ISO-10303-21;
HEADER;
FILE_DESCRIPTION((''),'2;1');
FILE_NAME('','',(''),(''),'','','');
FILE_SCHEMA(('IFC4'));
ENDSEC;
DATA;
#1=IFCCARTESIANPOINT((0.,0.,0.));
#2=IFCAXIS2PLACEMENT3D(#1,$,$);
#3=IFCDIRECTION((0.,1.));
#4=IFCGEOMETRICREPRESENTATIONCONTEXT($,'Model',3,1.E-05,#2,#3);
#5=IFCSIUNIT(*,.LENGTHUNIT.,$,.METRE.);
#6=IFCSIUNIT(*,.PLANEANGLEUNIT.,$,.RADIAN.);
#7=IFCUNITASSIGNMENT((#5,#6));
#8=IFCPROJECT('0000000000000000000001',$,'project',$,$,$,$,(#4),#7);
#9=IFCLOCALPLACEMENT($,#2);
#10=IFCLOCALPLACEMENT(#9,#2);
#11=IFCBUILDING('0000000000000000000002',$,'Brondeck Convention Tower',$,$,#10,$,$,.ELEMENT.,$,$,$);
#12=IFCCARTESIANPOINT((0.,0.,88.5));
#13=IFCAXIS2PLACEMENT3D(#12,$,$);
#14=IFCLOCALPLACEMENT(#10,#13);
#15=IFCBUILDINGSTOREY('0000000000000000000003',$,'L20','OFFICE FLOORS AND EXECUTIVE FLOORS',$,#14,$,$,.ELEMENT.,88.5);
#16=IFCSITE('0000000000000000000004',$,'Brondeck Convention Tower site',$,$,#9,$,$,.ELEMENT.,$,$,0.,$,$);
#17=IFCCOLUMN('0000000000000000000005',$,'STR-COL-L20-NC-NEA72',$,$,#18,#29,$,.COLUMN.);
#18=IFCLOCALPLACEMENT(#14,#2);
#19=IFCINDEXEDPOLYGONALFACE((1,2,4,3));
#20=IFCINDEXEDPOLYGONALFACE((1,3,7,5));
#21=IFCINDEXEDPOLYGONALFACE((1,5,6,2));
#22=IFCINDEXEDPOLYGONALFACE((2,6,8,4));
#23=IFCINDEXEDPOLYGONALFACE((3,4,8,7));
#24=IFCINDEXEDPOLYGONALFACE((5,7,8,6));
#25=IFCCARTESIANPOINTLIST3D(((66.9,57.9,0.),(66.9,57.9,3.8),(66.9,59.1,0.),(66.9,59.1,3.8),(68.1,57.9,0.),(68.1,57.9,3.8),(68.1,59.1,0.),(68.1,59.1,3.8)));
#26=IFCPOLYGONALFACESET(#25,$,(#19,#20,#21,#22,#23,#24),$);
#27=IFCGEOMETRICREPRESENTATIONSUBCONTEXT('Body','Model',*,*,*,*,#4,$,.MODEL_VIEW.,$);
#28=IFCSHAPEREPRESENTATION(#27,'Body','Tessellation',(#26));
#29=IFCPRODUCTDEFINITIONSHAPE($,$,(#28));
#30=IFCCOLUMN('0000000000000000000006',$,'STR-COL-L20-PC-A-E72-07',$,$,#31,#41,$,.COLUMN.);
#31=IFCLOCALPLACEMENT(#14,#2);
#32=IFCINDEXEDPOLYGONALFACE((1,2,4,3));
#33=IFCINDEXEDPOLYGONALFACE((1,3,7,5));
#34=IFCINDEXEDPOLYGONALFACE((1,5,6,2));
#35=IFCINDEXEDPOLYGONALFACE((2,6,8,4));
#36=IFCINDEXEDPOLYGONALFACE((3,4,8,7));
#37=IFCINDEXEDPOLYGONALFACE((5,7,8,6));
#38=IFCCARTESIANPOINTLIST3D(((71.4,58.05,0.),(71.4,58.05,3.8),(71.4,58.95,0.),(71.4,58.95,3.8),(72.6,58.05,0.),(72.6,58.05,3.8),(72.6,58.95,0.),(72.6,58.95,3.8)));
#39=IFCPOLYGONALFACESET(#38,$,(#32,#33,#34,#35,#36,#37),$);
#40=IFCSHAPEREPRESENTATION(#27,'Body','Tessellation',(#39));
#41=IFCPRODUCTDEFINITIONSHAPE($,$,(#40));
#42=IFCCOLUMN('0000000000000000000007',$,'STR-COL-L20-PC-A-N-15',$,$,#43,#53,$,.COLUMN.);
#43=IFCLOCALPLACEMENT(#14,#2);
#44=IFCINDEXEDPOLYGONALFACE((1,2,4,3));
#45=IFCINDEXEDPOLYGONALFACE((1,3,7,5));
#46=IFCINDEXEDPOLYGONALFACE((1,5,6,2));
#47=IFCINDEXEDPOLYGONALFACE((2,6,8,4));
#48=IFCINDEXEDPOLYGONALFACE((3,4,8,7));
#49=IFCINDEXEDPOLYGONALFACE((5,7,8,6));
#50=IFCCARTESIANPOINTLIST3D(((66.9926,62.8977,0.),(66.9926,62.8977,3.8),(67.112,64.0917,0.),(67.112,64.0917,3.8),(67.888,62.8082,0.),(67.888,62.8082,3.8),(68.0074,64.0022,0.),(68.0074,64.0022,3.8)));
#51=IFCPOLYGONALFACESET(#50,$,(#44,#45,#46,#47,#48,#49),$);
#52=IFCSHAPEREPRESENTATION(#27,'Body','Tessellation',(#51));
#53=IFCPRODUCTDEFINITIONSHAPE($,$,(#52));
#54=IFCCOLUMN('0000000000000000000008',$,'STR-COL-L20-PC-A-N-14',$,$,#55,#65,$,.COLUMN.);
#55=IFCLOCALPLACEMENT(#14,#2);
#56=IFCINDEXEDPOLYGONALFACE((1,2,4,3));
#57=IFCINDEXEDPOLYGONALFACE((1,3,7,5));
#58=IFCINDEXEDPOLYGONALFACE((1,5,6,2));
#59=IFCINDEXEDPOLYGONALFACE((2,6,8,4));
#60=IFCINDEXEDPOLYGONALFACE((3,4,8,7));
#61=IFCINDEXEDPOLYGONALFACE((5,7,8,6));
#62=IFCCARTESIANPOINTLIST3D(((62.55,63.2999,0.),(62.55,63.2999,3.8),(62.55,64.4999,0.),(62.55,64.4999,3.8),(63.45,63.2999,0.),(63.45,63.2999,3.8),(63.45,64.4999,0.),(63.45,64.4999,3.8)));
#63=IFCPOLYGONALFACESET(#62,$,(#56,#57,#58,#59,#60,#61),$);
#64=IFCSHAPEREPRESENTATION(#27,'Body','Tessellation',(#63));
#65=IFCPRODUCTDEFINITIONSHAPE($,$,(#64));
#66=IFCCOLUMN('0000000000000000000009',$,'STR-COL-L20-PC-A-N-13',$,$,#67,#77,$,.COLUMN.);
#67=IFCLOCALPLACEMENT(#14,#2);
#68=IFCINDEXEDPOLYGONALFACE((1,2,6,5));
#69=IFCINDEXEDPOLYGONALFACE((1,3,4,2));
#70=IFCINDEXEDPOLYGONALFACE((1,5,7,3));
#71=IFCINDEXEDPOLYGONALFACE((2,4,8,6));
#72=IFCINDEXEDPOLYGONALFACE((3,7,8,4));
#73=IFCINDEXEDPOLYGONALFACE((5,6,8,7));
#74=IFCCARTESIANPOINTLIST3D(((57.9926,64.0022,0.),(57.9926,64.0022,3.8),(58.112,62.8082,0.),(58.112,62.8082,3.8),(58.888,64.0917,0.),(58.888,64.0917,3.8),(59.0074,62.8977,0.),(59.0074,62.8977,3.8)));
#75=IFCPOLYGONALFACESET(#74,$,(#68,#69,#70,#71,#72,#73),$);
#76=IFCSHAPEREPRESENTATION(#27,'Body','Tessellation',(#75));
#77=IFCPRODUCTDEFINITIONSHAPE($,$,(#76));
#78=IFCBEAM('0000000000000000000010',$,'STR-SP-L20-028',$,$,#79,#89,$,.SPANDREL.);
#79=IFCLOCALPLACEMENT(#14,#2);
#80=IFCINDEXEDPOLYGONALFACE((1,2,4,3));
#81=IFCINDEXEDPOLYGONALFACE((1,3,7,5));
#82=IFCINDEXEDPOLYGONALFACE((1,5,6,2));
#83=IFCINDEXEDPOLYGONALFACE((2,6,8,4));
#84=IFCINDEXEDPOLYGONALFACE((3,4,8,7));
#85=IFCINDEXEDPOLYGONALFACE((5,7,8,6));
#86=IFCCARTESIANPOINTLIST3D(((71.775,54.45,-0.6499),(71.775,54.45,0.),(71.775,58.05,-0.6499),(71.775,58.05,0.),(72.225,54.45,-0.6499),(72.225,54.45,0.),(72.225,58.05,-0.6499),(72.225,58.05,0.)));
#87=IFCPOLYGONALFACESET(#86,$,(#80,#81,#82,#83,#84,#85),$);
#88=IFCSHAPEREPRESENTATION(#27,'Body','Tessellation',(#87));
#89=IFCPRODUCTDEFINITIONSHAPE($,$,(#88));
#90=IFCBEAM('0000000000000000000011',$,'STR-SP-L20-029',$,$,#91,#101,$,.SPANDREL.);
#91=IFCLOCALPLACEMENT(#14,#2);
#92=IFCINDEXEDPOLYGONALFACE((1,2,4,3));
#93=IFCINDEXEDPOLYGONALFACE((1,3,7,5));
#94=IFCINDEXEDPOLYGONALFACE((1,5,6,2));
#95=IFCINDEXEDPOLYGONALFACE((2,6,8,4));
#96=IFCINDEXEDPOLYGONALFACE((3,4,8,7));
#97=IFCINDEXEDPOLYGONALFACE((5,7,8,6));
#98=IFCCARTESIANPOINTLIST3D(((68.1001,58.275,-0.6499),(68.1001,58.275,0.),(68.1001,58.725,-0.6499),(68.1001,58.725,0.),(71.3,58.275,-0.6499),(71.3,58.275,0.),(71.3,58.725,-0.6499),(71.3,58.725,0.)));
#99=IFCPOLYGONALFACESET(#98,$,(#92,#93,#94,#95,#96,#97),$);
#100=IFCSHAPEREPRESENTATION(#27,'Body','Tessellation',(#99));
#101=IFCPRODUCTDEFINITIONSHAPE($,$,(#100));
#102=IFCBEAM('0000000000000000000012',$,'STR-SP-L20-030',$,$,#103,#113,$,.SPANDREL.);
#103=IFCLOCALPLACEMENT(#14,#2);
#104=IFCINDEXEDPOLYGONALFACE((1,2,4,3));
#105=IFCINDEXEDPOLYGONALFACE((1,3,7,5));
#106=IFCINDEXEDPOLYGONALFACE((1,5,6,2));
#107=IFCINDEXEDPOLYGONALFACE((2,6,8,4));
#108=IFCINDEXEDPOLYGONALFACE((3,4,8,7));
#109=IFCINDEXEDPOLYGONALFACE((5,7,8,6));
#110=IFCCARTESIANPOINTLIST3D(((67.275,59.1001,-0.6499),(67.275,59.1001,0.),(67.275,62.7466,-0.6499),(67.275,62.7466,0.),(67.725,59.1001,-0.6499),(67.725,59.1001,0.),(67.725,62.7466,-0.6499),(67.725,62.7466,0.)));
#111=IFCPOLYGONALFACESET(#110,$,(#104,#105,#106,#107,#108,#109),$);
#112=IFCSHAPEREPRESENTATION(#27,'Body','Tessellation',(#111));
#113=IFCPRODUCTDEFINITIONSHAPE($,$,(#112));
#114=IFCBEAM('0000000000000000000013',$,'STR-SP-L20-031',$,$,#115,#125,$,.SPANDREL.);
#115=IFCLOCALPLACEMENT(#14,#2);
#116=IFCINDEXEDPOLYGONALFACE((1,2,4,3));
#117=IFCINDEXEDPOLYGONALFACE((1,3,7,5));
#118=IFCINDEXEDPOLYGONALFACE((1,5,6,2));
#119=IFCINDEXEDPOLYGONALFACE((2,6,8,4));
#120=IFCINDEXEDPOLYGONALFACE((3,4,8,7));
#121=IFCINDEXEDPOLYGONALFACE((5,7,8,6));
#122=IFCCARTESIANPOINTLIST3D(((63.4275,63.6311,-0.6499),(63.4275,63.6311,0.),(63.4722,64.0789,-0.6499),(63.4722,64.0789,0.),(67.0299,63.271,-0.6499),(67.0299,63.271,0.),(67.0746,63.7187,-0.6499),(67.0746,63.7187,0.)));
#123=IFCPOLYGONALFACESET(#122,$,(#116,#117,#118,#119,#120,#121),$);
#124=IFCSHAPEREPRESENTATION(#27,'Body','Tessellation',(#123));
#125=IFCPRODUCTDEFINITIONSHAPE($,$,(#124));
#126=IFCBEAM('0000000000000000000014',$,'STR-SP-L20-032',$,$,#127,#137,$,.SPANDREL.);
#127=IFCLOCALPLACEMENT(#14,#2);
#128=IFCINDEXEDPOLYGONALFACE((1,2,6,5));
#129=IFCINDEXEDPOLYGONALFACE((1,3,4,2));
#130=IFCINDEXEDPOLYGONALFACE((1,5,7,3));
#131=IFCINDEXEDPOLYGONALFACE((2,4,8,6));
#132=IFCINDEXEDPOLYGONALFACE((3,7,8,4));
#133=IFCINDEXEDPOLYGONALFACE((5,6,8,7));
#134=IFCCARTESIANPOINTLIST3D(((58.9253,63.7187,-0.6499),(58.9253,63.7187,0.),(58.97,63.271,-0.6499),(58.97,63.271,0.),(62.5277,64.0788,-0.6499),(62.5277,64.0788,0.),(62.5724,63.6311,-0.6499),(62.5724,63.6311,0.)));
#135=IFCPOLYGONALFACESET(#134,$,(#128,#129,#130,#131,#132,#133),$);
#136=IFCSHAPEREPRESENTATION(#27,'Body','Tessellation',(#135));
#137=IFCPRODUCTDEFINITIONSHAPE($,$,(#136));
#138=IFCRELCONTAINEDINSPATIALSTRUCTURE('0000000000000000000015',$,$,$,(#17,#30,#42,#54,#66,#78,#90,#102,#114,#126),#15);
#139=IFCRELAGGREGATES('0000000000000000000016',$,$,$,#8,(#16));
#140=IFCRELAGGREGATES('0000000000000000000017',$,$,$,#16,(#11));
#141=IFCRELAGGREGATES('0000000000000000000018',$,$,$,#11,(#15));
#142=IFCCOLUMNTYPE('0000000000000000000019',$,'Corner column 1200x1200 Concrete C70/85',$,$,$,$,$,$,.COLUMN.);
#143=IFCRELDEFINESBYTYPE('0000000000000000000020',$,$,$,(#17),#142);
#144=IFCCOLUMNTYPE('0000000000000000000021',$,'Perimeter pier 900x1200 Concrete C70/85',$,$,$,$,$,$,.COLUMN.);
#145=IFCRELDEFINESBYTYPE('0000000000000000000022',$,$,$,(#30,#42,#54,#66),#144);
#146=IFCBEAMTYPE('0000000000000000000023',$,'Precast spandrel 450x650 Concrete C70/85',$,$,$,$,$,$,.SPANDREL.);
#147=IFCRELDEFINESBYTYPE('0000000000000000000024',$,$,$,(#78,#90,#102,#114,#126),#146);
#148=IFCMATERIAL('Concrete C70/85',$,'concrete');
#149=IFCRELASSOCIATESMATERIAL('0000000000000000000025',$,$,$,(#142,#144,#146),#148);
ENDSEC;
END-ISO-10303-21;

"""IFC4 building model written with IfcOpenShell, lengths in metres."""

from ifc_helpers import new_model, si_unit, direction, frame, origin, origin_2d, place, context, subcontext, project, spatial, rectangle, extrude, material, material_profile, profile_set, type_object, element, save


model = new_model("IFC4")

# Units and contexts
model_context = context("Model", 3, precision=1e-05, world=origin(), true_north=direction((0.0, 1.0)))
body_context = subcontext(model_context, "Body", "Model", "MODEL_VIEW")
ifc_project = project(units=[si_unit("LENGTHUNIT", "METRE"), si_unit("PLANEANGLEUNIT", "RADIAN")], contexts=[model_context])

# Site, building, storey
site_placement = place(None, origin())
site = spatial("IfcSite", under=ifc_project, at=site_placement, Name="Brondeck Convention Tower site", CompositionType="ELEMENT", RefElevation=0.0)
building_placement = place(site_placement, origin())
building = spatial("IfcBuilding", under=site, at=building_placement, Name="Brondeck Convention Tower", CompositionType="ELEMENT")
storey_placement = place(building_placement, frame((0.0, 0.0, 88.5)))
storey = spatial("IfcBuildingStorey", under=building, at=storey_placement, Name="L20", Description="OFFICE FLOORS AND EXECUTIVE FLOORS", CompositionType="ELEMENT", Elevation=88.5)

# Columns
ifc_material_1 = material(Name="Concrete C70/85", Category="concrete")
ifc_material_profile_1 = material_profile(ifc_material_1, rectangle(XDim=1.2, YDim=1.2, at=origin_2d()), Name="Corner column 1200x1200 Concrete C70/85")
ifc_profile_set_1 = profile_set([ifc_material_profile_1], Name="Concrete C70/85")
column_type_1 = type_object("IfcColumnType", Name="Corner column 1200x1200 Concrete C70/85", PredefinedType="COLUMN", material=ifc_profile_set_1)
column_placement = place(storey_placement, frame((67.5, 58.5, 0.0), z_axis=(0.0, 0.0, 1.0), x_axis=(1.0, 0.0, 0.0)))
element("IfcColumn", 1, at=column_placement, inside=storey, type_object=column_type_1, Name="STR-COL-L20-NC-NEA72", PredefinedType="COLUMN", context=body_context, shape_type="SweptSolid", body=[
    extrude(rectangle(XDim=1.2, YDim=1.2, at=origin_2d()), origin(), (0.0, 0.0, 1.0), 3.8),
])
ifc_material_profile_2 = material_profile(ifc_material_1, rectangle(XDim=0.8999, YDim=1.2, at=origin_2d()), Name="Perimeter pier 900x1200 Concrete C70/85")
ifc_profile_set_2 = profile_set([ifc_material_profile_2], Name="Concrete C70/85")
column_type_2 = type_object("IfcColumnType", Name="Perimeter pier 900x1200 Concrete C70/85", PredefinedType="COLUMN", material=ifc_profile_set_2)
for number, where, z_axis, x_axis, name in (
    (2, (72.0, 58.5, 0.0), (0.0, 0.0, 1.0), (0.0, 1.0, 0.0), "STR-COL-L20-PC-A-E72-07"),
    (3, (67.5, 63.45, 0.0), (0.0, 0.0, 1.0), (-0.995037, 0.099504, 0.0), "STR-COL-L20-PC-A-N-15"),
    (4, (63.0, 63.8999, 0.0), (0.0, 0.0, 1.0), (-1.0, 0.0, 0.0), "STR-COL-L20-PC-A-N-14"),
    (5, (58.5, 63.45, 0.0), (0.0, 0.0, 1.0), (-0.995037, -0.099504, 0.0), "STR-COL-L20-PC-A-N-13"),
):
    element("IfcColumn", number, at=place(storey_placement, frame(where, z_axis=z_axis, x_axis=x_axis)), inside=storey, type_object=column_type_2, Name=name, PredefinedType="COLUMN", context=body_context, shape_type="SweptSolid", body=[
        extrude(rectangle(XDim=0.8999, YDim=1.2, at=origin_2d()), origin(), (0.0, 0.0, 1.0), 3.8),
    ])

# Beams
ifc_material_profile_3 = material_profile(ifc_material_1, rectangle(XDim=0.45, YDim=0.6499, at=origin_2d()), Name="Precast spandrel 450x650 Concrete C70/85")
ifc_profile_set_3 = profile_set([ifc_material_profile_3], Name="Concrete C70/85")
beam_type = type_object("IfcBeamType", Name="Precast spandrel 450x650 Concrete C70/85", PredefinedType="SPANDREL", material=ifc_profile_set_3)
beam_1_placement = place(storey_placement, frame((72.0, 54.45, -0.325), z_axis=(0.0, 1.0, 0.0), x_axis=(-1.0, 0.0, 0.0)))
element("IfcBeam", 6, at=beam_1_placement, inside=storey, type_object=beam_type, Name="STR-SP-L20-028", PredefinedType="SPANDREL", context=body_context, shape_type="SweptSolid", body=[
    extrude(rectangle(XDim=0.45, YDim=0.6499, at=origin_2d()), origin(), (0.0, 0.0, 1.0), 3.6001),
])
beam_2_placement = place(storey_placement, frame((71.3, 58.5, -0.325), z_axis=(-1.0, 0.0, 0.0), x_axis=(0.0, -1.0, 0.0)))
element("IfcBeam", 7, at=beam_2_placement, inside=storey, type_object=beam_type, Name="STR-SP-L20-029", PredefinedType="SPANDREL", context=body_context, shape_type="SweptSolid", body=[
    extrude(rectangle(XDim=0.45, YDim=0.6499, at=origin_2d()), origin(), (0.0, 0.0, 1.0), 3.2),
])
beam_3_placement = place(storey_placement, frame((67.5, 59.1001, -0.325), z_axis=(0.0, 1.0, 0.0), x_axis=(-1.0, 0.0, 0.0)))
element("IfcBeam", 8, at=beam_3_placement, inside=storey, type_object=beam_type, Name="STR-SP-L20-030", PredefinedType="SPANDREL", context=body_context, shape_type="SweptSolid", body=[
    extrude(rectangle(XDim=0.45, YDim=0.6499, at=origin_2d()), origin(), (0.0, 0.0, 1.0), 3.6465),
])
for number, where, z_axis, x_axis, name in (
    (9, (67.0522, 63.4949, -0.325), (-0.995041, 0.09947, 0.0), (-0.09947, -0.995041, 0.0), "STR-SP-L20-031"),
    (10, (62.55, 63.855, -0.325), (-0.995041, -0.09947, 0.0), (0.09947, -0.995041, 0.0), "STR-SP-L20-032"),
):
    element("IfcBeam", number, at=place(storey_placement, frame(where, z_axis=z_axis, x_axis=x_axis)), inside=storey, type_object=beam_type, Name=name, PredefinedType="SPANDREL", context=body_context, shape_type="SweptSolid", body=[
        extrude(rectangle(XDim=0.45, YDim=0.6499, at=origin_2d()), origin(), (0.0, 0.0, 1.0), 3.6204),
    ])

save(model, "model.ifc")
